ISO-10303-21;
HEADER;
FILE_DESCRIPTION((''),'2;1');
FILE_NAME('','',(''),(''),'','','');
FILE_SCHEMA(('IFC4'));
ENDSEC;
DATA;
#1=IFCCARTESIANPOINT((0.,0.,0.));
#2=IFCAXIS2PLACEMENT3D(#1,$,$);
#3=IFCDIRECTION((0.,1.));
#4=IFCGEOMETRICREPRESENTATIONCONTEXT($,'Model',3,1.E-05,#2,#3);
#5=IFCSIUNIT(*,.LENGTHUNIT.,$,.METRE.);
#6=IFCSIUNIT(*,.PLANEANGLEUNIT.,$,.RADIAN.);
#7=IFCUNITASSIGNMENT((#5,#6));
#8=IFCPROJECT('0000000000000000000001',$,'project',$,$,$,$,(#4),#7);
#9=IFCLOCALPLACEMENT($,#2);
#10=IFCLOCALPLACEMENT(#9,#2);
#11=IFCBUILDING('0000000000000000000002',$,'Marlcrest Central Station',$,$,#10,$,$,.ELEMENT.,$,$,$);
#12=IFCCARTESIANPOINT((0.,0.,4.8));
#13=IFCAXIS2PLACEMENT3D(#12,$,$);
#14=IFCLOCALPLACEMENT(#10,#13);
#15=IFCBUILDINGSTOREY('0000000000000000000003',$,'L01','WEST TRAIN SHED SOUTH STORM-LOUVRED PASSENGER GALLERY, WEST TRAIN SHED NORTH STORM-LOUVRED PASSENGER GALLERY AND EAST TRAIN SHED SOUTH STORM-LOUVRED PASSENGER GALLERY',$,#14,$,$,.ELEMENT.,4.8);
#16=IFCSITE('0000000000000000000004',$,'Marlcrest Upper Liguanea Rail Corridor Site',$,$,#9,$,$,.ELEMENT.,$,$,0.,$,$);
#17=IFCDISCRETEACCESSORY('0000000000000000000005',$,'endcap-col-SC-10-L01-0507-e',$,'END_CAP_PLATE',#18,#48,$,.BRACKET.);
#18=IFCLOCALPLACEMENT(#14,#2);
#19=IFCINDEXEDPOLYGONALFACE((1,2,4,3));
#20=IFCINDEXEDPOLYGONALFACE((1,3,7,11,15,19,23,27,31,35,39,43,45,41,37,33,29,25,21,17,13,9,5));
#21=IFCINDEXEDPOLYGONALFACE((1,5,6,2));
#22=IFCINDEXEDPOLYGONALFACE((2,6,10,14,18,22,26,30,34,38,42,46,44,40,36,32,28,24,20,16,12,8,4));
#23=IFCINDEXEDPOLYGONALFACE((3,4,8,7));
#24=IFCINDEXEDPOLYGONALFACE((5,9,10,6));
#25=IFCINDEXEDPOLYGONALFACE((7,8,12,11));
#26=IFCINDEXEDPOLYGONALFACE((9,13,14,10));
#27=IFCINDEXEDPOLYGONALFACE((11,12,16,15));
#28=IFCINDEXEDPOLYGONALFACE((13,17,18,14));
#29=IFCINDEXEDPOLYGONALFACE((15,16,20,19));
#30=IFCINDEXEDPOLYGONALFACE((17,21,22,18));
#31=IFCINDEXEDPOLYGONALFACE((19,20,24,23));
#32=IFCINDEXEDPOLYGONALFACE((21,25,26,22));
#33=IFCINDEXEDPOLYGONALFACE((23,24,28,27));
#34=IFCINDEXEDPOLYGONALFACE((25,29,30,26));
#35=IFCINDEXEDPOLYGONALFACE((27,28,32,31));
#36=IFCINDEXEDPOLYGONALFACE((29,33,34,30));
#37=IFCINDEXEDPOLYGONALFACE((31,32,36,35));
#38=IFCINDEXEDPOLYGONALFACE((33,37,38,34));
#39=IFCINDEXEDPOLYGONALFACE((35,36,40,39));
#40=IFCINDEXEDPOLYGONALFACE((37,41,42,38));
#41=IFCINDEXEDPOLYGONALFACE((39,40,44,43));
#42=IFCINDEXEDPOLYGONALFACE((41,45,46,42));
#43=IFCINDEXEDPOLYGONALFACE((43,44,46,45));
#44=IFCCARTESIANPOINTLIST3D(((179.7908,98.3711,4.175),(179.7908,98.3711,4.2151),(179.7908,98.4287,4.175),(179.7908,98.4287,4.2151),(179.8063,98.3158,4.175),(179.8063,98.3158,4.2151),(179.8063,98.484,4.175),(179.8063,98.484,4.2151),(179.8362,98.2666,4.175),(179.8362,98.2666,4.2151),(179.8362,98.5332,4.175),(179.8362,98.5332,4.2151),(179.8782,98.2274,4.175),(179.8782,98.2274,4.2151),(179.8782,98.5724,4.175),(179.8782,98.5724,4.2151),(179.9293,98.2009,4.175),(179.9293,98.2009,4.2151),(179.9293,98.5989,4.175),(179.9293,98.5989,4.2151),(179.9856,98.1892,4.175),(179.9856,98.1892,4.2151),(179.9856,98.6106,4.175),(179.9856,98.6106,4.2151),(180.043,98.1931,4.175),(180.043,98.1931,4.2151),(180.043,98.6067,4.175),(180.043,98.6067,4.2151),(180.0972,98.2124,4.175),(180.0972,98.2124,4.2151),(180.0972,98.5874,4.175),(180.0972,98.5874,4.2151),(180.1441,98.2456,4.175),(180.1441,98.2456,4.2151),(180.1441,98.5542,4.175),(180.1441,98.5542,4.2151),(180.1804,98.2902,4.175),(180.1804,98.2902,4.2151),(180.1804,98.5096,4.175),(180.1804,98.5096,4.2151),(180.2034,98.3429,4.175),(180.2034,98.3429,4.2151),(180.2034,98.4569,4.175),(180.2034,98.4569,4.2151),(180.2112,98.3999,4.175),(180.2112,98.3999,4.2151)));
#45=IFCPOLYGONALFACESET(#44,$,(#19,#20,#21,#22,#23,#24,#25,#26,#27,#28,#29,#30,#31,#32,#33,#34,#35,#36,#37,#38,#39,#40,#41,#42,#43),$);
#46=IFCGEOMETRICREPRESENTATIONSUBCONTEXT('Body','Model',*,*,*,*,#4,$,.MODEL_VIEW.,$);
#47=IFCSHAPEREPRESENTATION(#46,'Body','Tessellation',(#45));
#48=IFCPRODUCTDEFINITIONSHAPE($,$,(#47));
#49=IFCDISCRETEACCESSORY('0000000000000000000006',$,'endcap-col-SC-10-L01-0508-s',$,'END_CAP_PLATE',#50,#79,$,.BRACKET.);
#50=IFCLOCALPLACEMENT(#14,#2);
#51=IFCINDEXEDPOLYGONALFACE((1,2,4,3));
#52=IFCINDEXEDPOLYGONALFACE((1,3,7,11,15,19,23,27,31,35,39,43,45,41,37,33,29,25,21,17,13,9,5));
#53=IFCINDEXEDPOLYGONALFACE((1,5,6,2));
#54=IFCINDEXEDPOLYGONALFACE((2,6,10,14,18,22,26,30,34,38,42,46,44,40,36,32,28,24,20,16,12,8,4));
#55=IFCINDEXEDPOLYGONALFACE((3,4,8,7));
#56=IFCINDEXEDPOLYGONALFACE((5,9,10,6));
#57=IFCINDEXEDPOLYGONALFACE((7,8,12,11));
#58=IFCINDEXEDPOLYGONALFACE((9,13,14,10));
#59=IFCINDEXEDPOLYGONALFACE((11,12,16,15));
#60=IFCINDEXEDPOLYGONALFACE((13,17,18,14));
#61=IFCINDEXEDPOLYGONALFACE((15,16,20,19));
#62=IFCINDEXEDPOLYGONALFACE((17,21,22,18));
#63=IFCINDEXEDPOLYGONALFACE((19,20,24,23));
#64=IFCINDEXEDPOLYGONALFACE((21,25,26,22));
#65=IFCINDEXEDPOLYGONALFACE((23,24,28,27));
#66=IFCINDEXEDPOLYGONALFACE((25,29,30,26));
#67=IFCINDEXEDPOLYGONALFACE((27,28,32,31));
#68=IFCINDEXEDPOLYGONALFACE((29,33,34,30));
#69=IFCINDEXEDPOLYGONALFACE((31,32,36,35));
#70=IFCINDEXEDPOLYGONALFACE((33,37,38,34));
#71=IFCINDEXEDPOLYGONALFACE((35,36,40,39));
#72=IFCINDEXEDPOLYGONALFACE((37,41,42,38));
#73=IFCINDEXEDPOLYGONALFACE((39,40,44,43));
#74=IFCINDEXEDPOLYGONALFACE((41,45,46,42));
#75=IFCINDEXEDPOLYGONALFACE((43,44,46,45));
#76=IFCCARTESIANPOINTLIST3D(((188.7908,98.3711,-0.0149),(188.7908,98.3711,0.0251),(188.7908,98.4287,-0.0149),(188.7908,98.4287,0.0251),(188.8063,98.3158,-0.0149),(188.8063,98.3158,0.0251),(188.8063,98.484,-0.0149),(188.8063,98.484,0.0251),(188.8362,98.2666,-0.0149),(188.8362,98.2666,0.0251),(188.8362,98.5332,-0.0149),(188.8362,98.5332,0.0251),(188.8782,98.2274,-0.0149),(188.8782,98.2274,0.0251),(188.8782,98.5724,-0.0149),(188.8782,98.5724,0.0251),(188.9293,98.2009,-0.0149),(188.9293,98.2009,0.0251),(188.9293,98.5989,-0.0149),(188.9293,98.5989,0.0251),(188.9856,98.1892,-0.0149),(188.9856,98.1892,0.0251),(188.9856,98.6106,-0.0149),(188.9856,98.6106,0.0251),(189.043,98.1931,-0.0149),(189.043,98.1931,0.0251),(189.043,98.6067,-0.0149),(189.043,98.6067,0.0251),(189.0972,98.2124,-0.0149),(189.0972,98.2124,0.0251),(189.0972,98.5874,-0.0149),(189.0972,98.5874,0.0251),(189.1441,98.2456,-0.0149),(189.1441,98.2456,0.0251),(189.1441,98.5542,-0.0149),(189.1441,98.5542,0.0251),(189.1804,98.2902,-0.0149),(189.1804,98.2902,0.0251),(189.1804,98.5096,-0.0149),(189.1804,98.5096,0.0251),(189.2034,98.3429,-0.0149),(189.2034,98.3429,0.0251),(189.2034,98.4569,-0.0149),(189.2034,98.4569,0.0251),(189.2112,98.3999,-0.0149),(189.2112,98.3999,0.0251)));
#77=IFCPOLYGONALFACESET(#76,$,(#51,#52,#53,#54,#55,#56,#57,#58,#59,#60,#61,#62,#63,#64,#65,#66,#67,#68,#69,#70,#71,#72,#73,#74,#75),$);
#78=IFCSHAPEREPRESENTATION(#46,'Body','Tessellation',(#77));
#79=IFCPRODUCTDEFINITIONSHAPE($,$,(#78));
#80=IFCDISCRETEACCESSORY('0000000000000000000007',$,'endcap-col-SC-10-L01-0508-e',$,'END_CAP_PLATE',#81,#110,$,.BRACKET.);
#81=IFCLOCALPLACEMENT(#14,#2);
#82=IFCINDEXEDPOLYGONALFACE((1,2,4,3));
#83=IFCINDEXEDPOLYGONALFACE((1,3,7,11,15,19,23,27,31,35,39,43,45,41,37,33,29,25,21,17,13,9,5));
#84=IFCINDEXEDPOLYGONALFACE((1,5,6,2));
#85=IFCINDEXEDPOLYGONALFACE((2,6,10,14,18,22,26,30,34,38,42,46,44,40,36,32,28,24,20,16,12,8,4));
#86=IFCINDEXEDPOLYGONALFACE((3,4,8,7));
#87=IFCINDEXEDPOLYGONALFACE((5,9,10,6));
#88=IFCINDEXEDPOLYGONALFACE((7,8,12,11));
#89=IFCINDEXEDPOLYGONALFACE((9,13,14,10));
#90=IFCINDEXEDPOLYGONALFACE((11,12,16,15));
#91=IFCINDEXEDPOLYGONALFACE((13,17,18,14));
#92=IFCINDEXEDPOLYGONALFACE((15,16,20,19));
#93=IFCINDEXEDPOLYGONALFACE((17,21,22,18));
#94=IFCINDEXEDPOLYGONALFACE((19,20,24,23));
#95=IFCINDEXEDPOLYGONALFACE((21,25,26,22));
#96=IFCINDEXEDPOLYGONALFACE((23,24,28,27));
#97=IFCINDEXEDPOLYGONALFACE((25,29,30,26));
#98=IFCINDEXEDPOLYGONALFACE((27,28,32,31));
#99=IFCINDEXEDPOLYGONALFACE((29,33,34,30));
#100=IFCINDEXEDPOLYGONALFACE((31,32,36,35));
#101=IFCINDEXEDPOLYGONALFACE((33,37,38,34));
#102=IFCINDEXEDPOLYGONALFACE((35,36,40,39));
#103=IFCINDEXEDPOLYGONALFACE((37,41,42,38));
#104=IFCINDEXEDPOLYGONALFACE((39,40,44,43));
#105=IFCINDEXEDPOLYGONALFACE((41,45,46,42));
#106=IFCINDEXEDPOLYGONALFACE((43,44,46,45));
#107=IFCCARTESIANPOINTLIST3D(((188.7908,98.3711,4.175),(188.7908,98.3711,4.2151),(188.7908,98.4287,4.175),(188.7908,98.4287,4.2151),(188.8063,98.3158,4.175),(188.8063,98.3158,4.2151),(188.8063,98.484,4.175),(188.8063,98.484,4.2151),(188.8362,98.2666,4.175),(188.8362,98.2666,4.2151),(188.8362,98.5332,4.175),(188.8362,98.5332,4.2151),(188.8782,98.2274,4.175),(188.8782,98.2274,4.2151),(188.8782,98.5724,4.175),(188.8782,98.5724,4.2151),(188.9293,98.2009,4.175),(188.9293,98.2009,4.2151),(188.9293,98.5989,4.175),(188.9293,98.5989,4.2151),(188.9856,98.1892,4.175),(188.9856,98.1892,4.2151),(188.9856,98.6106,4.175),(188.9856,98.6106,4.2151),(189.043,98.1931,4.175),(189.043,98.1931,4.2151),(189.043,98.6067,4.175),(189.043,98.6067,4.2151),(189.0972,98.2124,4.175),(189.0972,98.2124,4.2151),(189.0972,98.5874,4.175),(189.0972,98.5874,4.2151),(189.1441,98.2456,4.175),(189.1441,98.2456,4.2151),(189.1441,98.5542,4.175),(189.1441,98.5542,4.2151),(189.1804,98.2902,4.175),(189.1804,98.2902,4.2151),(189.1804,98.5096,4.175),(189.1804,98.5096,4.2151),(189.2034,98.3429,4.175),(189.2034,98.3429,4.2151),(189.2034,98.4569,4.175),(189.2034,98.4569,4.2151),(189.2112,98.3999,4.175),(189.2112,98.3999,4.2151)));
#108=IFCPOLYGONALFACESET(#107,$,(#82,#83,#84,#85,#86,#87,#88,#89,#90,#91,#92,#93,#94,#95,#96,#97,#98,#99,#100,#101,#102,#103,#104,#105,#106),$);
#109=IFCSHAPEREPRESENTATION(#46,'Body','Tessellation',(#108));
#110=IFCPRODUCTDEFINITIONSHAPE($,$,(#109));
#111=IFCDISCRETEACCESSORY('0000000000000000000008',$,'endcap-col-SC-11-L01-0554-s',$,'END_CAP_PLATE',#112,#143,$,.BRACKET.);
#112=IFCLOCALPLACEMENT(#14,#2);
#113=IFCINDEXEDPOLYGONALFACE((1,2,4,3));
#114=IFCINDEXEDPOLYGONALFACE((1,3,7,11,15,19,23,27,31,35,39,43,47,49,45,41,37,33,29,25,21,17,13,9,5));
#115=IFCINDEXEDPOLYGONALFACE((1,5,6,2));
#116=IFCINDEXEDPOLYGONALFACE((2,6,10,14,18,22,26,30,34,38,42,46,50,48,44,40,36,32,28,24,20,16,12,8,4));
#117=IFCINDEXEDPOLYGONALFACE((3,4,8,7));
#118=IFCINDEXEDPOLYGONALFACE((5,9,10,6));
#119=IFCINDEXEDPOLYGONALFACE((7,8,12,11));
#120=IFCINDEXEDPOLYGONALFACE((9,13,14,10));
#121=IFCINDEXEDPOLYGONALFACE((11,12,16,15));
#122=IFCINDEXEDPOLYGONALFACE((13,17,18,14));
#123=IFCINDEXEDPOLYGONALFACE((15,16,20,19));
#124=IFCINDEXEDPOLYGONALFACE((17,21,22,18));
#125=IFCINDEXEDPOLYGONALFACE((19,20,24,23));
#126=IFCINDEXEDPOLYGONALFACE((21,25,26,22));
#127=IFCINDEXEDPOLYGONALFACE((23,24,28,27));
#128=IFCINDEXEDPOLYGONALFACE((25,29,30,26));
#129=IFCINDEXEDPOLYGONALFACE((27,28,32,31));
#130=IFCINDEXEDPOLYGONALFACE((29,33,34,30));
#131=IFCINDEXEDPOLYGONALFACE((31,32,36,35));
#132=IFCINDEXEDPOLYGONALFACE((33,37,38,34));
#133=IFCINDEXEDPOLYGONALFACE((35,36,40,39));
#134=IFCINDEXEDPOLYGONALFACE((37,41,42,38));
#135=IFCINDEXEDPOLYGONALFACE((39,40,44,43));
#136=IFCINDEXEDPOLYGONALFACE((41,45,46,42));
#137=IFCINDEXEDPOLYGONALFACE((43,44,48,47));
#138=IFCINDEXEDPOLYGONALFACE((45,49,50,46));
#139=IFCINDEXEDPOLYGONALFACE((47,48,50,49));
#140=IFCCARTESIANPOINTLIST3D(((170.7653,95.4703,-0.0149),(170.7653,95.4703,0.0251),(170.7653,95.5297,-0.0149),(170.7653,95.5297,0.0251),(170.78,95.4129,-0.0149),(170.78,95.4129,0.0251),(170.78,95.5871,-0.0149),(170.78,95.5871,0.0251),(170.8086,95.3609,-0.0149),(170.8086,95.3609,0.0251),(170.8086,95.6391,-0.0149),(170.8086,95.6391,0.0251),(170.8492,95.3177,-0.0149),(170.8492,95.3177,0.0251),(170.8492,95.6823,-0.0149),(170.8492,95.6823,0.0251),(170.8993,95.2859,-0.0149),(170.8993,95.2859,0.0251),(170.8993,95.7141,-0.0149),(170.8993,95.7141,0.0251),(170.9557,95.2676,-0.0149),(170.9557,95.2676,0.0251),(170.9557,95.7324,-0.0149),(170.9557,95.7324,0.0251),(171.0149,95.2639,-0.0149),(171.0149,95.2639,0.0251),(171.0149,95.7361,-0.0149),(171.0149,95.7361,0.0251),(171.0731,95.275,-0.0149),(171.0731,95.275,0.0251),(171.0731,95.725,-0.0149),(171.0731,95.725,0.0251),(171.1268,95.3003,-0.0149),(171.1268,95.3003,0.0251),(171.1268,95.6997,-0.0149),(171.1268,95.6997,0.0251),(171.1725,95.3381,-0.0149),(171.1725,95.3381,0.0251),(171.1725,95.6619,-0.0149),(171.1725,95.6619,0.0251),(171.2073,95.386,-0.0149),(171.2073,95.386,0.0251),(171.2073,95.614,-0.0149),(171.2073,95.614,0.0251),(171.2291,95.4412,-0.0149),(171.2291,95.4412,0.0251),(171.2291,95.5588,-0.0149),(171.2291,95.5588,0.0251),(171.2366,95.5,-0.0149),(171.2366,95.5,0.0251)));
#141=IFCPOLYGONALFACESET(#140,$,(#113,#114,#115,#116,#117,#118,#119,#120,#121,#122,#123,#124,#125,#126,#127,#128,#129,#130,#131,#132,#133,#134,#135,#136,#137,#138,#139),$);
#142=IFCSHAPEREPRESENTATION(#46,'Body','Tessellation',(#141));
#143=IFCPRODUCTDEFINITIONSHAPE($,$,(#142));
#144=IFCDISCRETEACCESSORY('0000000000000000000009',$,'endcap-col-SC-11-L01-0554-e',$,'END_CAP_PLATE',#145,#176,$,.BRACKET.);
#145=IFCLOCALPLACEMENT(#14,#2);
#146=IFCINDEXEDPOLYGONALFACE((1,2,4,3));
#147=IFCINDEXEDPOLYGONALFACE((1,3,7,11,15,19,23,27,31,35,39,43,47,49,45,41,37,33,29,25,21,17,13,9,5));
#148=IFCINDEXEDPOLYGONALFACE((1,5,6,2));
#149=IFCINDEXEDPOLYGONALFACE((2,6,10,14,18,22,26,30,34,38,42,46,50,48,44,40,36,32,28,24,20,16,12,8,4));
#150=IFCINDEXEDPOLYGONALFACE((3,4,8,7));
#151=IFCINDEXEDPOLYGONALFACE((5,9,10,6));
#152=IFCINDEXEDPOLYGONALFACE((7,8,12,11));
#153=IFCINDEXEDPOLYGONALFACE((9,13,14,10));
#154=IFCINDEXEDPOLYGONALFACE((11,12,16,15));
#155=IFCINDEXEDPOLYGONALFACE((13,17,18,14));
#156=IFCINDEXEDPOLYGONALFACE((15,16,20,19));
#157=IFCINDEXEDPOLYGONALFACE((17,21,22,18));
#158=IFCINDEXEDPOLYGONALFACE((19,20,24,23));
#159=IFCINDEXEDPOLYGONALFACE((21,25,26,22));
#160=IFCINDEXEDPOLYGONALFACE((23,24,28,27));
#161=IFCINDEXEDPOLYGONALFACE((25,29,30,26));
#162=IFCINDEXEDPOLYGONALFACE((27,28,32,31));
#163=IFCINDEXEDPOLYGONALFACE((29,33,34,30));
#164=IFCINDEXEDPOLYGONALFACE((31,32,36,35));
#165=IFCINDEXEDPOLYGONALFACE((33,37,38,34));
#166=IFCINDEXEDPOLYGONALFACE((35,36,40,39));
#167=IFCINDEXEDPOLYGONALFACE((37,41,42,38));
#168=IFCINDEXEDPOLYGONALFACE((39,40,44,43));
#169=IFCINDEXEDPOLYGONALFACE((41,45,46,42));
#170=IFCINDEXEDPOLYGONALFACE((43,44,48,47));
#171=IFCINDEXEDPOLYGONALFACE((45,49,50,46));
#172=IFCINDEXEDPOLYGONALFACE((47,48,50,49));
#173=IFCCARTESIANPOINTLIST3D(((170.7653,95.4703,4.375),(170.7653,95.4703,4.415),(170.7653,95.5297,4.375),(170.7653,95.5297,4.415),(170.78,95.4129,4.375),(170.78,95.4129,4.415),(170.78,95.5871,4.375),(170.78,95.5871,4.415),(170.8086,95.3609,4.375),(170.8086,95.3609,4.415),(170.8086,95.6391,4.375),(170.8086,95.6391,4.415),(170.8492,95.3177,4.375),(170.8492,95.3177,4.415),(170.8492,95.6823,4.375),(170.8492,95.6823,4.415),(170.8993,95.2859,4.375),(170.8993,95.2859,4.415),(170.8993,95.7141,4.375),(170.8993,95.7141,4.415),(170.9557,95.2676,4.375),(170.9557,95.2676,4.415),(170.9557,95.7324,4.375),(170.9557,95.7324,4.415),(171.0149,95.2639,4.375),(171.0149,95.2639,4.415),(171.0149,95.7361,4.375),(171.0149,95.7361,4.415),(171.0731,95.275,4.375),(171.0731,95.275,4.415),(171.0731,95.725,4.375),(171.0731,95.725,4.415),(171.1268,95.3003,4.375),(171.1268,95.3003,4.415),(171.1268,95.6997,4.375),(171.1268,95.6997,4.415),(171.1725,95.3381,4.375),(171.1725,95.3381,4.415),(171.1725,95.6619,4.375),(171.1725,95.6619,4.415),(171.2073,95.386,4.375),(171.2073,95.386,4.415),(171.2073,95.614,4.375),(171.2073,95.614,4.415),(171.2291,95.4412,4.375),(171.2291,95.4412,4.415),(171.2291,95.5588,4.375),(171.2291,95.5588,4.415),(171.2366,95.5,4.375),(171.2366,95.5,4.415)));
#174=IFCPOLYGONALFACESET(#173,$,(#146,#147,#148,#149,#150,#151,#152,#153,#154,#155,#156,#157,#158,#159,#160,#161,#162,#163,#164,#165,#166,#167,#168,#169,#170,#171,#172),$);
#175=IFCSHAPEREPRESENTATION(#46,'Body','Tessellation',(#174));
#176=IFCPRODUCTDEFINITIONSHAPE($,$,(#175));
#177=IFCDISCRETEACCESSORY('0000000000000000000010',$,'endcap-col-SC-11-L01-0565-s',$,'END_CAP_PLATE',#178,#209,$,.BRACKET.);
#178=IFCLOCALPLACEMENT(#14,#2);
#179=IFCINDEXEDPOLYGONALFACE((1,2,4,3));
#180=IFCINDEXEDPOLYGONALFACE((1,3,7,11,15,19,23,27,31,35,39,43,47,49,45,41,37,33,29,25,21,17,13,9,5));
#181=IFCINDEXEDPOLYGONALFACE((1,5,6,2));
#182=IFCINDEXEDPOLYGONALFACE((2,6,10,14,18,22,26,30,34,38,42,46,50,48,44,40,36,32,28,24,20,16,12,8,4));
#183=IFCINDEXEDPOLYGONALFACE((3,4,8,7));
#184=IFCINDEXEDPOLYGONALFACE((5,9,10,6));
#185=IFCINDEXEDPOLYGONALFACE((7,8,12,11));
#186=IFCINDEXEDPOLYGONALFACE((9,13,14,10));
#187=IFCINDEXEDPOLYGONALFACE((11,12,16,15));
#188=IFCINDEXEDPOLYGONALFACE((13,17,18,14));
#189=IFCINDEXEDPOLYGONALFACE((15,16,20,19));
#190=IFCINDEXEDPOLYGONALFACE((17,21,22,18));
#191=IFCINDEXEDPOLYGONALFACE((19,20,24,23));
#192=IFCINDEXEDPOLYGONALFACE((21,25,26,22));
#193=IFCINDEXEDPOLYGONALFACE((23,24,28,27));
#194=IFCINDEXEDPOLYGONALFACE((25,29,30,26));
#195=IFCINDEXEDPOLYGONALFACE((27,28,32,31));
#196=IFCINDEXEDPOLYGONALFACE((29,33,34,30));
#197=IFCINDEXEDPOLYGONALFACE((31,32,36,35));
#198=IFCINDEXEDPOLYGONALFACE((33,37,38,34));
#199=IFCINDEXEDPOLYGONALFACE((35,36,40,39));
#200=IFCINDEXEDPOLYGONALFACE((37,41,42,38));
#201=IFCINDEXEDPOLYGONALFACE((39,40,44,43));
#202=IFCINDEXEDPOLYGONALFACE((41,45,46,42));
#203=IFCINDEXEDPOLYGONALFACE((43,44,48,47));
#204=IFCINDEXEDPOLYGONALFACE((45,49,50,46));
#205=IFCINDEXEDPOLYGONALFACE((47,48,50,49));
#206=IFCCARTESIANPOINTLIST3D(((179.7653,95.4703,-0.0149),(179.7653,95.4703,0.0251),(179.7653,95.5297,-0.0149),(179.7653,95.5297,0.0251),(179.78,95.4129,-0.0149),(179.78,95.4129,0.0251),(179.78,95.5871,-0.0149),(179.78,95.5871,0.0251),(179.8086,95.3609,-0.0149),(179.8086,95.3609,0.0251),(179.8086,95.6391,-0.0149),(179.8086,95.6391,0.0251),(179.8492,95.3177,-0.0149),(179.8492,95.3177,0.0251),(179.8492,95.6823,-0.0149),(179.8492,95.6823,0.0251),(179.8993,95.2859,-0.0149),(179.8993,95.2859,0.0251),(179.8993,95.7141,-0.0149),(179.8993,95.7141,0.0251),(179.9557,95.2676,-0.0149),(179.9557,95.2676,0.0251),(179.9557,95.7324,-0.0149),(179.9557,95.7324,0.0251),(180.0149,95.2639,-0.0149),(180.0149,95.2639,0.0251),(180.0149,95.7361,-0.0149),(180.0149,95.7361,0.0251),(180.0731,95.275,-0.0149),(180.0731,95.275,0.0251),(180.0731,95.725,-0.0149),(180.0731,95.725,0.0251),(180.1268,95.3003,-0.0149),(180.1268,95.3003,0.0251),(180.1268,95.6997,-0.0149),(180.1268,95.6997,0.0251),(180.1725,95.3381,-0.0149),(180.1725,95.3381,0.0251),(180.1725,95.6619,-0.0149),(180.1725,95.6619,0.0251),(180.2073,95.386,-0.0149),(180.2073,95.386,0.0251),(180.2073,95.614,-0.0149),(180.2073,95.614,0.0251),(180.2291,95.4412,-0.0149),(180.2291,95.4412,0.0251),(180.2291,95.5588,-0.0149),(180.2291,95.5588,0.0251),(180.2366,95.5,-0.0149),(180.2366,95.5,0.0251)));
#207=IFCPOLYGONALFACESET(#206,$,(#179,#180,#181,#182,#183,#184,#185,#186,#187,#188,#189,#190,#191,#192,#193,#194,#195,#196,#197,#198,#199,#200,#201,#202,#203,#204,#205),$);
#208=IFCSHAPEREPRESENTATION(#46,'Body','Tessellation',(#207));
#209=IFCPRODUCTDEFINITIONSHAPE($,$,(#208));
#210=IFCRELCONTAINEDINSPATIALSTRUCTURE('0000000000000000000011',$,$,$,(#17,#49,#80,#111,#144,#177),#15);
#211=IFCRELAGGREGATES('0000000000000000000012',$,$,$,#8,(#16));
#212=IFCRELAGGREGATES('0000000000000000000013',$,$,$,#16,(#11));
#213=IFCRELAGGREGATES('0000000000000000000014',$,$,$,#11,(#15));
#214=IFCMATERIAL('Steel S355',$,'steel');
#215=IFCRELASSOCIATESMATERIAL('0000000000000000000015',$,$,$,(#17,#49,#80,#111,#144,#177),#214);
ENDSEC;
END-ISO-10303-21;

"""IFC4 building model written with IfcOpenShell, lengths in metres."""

from ifc_helpers import new_model, si_unit, direction, frame, origin, origin_2d, place, context, subcontext, project, spatial, circle, extrude, material, element, save


model = new_model("IFC4")

# Units and contexts
model_context = context("Model", 3, precision=1e-05, world=origin(), true_north=direction((0.0, 1.0)))
body_context = subcontext(model_context, "Body", "Model", "MODEL_VIEW")
ifc_project = project(units=[si_unit("LENGTHUNIT", "METRE"), si_unit("PLANEANGLEUNIT", "RADIAN")], contexts=[model_context])

# Site, building, storey
site_placement = place(None, origin())
site = spatial("IfcSite", under=ifc_project, at=site_placement, Name="Marlcrest Upper Liguanea Rail Corridor Site", CompositionType="ELEMENT", RefElevation=0.0)
building_placement = place(site_placement, origin())
building = spatial("IfcBuilding", under=site, at=building_placement, Name="Marlcrest Central Station", CompositionType="ELEMENT")
storey_placement = place(building_placement, frame((0.0, 0.0, 4.8)))
storey = spatial("IfcBuildingStorey", under=building, at=storey_placement, Name="L01", Description="WEST TRAIN SHED SOUTH STORM-LOUVRED PASSENGER GALLERY, WEST TRAIN SHED NORTH STORM-LOUVRED PASSENGER GALLERY AND EAST TRAIN SHED SOUTH STORM-LOUVRED PASSENGER GALLERY", CompositionType="ELEMENT", Elevation=4.8)

# Shared definitions
ifc_material_1 = material(Name="Steel S355", Category="steel")

# Discrete accessories
for number, where, z_axis, x_axis, name in (
    (1, (180.0, 98.3999, 4.175), (0.0, 0.0, 1.0), (1.0, 0.0, 0.0), "endcap-col-SC-10-L01-0507-e"),
    (2, (189.0, 98.3999, -0.0149), (0.0, 0.0, 1.0), (1.0, 0.0, 0.0), "endcap-col-SC-10-L01-0508-s"),
    (3, (189.0, 98.3999, 4.175), (0.0, 0.0, 1.0), (1.0, 0.0, 0.0), "endcap-col-SC-10-L01-0508-e"),
):
    element("IfcDiscreteAccessory", number, at=place(storey_placement, frame(where, z_axis=z_axis, x_axis=x_axis)), inside=storey, material=ifc_material_1, Name=name, ObjectType="END_CAP_PLATE", PredefinedType="BRACKET", context=body_context, shape_type="SweptSolid", body=[
        extrude(circle(Radius=0.2112, at=origin_2d()), origin(), (0.0, 0.0, 1.0), 0.04),
    ])
for number, where, z_axis, x_axis, name in (
    (4, (171.0, 95.5, -0.0149), (0.0, 0.0, 1.0), (1.0, 0.0, 0.0), "endcap-col-SC-11-L01-0554-s"),
    (5, (171.0, 95.5, 4.375), (0.0, 0.0, 1.0), (1.0, 0.0, 0.0), "endcap-col-SC-11-L01-0554-e"),
    (6, (180.0, 95.5, -0.0149), (0.0, 0.0, 1.0), (1.0, 0.0, 0.0), "endcap-col-SC-11-L01-0565-s"),
):
    element("IfcDiscreteAccessory", number, at=place(storey_placement, frame(where, z_axis=z_axis, x_axis=x_axis)), inside=storey, material=ifc_material_1, Name=name, ObjectType="END_CAP_PLATE", PredefinedType="BRACKET", context=body_context, shape_type="SweptSolid", body=[
        extrude(circle(Radius=0.2366, at=origin_2d()), origin(), (0.0, 0.0, 1.0), 0.04),
    ])

save(model, "model.ifc")
